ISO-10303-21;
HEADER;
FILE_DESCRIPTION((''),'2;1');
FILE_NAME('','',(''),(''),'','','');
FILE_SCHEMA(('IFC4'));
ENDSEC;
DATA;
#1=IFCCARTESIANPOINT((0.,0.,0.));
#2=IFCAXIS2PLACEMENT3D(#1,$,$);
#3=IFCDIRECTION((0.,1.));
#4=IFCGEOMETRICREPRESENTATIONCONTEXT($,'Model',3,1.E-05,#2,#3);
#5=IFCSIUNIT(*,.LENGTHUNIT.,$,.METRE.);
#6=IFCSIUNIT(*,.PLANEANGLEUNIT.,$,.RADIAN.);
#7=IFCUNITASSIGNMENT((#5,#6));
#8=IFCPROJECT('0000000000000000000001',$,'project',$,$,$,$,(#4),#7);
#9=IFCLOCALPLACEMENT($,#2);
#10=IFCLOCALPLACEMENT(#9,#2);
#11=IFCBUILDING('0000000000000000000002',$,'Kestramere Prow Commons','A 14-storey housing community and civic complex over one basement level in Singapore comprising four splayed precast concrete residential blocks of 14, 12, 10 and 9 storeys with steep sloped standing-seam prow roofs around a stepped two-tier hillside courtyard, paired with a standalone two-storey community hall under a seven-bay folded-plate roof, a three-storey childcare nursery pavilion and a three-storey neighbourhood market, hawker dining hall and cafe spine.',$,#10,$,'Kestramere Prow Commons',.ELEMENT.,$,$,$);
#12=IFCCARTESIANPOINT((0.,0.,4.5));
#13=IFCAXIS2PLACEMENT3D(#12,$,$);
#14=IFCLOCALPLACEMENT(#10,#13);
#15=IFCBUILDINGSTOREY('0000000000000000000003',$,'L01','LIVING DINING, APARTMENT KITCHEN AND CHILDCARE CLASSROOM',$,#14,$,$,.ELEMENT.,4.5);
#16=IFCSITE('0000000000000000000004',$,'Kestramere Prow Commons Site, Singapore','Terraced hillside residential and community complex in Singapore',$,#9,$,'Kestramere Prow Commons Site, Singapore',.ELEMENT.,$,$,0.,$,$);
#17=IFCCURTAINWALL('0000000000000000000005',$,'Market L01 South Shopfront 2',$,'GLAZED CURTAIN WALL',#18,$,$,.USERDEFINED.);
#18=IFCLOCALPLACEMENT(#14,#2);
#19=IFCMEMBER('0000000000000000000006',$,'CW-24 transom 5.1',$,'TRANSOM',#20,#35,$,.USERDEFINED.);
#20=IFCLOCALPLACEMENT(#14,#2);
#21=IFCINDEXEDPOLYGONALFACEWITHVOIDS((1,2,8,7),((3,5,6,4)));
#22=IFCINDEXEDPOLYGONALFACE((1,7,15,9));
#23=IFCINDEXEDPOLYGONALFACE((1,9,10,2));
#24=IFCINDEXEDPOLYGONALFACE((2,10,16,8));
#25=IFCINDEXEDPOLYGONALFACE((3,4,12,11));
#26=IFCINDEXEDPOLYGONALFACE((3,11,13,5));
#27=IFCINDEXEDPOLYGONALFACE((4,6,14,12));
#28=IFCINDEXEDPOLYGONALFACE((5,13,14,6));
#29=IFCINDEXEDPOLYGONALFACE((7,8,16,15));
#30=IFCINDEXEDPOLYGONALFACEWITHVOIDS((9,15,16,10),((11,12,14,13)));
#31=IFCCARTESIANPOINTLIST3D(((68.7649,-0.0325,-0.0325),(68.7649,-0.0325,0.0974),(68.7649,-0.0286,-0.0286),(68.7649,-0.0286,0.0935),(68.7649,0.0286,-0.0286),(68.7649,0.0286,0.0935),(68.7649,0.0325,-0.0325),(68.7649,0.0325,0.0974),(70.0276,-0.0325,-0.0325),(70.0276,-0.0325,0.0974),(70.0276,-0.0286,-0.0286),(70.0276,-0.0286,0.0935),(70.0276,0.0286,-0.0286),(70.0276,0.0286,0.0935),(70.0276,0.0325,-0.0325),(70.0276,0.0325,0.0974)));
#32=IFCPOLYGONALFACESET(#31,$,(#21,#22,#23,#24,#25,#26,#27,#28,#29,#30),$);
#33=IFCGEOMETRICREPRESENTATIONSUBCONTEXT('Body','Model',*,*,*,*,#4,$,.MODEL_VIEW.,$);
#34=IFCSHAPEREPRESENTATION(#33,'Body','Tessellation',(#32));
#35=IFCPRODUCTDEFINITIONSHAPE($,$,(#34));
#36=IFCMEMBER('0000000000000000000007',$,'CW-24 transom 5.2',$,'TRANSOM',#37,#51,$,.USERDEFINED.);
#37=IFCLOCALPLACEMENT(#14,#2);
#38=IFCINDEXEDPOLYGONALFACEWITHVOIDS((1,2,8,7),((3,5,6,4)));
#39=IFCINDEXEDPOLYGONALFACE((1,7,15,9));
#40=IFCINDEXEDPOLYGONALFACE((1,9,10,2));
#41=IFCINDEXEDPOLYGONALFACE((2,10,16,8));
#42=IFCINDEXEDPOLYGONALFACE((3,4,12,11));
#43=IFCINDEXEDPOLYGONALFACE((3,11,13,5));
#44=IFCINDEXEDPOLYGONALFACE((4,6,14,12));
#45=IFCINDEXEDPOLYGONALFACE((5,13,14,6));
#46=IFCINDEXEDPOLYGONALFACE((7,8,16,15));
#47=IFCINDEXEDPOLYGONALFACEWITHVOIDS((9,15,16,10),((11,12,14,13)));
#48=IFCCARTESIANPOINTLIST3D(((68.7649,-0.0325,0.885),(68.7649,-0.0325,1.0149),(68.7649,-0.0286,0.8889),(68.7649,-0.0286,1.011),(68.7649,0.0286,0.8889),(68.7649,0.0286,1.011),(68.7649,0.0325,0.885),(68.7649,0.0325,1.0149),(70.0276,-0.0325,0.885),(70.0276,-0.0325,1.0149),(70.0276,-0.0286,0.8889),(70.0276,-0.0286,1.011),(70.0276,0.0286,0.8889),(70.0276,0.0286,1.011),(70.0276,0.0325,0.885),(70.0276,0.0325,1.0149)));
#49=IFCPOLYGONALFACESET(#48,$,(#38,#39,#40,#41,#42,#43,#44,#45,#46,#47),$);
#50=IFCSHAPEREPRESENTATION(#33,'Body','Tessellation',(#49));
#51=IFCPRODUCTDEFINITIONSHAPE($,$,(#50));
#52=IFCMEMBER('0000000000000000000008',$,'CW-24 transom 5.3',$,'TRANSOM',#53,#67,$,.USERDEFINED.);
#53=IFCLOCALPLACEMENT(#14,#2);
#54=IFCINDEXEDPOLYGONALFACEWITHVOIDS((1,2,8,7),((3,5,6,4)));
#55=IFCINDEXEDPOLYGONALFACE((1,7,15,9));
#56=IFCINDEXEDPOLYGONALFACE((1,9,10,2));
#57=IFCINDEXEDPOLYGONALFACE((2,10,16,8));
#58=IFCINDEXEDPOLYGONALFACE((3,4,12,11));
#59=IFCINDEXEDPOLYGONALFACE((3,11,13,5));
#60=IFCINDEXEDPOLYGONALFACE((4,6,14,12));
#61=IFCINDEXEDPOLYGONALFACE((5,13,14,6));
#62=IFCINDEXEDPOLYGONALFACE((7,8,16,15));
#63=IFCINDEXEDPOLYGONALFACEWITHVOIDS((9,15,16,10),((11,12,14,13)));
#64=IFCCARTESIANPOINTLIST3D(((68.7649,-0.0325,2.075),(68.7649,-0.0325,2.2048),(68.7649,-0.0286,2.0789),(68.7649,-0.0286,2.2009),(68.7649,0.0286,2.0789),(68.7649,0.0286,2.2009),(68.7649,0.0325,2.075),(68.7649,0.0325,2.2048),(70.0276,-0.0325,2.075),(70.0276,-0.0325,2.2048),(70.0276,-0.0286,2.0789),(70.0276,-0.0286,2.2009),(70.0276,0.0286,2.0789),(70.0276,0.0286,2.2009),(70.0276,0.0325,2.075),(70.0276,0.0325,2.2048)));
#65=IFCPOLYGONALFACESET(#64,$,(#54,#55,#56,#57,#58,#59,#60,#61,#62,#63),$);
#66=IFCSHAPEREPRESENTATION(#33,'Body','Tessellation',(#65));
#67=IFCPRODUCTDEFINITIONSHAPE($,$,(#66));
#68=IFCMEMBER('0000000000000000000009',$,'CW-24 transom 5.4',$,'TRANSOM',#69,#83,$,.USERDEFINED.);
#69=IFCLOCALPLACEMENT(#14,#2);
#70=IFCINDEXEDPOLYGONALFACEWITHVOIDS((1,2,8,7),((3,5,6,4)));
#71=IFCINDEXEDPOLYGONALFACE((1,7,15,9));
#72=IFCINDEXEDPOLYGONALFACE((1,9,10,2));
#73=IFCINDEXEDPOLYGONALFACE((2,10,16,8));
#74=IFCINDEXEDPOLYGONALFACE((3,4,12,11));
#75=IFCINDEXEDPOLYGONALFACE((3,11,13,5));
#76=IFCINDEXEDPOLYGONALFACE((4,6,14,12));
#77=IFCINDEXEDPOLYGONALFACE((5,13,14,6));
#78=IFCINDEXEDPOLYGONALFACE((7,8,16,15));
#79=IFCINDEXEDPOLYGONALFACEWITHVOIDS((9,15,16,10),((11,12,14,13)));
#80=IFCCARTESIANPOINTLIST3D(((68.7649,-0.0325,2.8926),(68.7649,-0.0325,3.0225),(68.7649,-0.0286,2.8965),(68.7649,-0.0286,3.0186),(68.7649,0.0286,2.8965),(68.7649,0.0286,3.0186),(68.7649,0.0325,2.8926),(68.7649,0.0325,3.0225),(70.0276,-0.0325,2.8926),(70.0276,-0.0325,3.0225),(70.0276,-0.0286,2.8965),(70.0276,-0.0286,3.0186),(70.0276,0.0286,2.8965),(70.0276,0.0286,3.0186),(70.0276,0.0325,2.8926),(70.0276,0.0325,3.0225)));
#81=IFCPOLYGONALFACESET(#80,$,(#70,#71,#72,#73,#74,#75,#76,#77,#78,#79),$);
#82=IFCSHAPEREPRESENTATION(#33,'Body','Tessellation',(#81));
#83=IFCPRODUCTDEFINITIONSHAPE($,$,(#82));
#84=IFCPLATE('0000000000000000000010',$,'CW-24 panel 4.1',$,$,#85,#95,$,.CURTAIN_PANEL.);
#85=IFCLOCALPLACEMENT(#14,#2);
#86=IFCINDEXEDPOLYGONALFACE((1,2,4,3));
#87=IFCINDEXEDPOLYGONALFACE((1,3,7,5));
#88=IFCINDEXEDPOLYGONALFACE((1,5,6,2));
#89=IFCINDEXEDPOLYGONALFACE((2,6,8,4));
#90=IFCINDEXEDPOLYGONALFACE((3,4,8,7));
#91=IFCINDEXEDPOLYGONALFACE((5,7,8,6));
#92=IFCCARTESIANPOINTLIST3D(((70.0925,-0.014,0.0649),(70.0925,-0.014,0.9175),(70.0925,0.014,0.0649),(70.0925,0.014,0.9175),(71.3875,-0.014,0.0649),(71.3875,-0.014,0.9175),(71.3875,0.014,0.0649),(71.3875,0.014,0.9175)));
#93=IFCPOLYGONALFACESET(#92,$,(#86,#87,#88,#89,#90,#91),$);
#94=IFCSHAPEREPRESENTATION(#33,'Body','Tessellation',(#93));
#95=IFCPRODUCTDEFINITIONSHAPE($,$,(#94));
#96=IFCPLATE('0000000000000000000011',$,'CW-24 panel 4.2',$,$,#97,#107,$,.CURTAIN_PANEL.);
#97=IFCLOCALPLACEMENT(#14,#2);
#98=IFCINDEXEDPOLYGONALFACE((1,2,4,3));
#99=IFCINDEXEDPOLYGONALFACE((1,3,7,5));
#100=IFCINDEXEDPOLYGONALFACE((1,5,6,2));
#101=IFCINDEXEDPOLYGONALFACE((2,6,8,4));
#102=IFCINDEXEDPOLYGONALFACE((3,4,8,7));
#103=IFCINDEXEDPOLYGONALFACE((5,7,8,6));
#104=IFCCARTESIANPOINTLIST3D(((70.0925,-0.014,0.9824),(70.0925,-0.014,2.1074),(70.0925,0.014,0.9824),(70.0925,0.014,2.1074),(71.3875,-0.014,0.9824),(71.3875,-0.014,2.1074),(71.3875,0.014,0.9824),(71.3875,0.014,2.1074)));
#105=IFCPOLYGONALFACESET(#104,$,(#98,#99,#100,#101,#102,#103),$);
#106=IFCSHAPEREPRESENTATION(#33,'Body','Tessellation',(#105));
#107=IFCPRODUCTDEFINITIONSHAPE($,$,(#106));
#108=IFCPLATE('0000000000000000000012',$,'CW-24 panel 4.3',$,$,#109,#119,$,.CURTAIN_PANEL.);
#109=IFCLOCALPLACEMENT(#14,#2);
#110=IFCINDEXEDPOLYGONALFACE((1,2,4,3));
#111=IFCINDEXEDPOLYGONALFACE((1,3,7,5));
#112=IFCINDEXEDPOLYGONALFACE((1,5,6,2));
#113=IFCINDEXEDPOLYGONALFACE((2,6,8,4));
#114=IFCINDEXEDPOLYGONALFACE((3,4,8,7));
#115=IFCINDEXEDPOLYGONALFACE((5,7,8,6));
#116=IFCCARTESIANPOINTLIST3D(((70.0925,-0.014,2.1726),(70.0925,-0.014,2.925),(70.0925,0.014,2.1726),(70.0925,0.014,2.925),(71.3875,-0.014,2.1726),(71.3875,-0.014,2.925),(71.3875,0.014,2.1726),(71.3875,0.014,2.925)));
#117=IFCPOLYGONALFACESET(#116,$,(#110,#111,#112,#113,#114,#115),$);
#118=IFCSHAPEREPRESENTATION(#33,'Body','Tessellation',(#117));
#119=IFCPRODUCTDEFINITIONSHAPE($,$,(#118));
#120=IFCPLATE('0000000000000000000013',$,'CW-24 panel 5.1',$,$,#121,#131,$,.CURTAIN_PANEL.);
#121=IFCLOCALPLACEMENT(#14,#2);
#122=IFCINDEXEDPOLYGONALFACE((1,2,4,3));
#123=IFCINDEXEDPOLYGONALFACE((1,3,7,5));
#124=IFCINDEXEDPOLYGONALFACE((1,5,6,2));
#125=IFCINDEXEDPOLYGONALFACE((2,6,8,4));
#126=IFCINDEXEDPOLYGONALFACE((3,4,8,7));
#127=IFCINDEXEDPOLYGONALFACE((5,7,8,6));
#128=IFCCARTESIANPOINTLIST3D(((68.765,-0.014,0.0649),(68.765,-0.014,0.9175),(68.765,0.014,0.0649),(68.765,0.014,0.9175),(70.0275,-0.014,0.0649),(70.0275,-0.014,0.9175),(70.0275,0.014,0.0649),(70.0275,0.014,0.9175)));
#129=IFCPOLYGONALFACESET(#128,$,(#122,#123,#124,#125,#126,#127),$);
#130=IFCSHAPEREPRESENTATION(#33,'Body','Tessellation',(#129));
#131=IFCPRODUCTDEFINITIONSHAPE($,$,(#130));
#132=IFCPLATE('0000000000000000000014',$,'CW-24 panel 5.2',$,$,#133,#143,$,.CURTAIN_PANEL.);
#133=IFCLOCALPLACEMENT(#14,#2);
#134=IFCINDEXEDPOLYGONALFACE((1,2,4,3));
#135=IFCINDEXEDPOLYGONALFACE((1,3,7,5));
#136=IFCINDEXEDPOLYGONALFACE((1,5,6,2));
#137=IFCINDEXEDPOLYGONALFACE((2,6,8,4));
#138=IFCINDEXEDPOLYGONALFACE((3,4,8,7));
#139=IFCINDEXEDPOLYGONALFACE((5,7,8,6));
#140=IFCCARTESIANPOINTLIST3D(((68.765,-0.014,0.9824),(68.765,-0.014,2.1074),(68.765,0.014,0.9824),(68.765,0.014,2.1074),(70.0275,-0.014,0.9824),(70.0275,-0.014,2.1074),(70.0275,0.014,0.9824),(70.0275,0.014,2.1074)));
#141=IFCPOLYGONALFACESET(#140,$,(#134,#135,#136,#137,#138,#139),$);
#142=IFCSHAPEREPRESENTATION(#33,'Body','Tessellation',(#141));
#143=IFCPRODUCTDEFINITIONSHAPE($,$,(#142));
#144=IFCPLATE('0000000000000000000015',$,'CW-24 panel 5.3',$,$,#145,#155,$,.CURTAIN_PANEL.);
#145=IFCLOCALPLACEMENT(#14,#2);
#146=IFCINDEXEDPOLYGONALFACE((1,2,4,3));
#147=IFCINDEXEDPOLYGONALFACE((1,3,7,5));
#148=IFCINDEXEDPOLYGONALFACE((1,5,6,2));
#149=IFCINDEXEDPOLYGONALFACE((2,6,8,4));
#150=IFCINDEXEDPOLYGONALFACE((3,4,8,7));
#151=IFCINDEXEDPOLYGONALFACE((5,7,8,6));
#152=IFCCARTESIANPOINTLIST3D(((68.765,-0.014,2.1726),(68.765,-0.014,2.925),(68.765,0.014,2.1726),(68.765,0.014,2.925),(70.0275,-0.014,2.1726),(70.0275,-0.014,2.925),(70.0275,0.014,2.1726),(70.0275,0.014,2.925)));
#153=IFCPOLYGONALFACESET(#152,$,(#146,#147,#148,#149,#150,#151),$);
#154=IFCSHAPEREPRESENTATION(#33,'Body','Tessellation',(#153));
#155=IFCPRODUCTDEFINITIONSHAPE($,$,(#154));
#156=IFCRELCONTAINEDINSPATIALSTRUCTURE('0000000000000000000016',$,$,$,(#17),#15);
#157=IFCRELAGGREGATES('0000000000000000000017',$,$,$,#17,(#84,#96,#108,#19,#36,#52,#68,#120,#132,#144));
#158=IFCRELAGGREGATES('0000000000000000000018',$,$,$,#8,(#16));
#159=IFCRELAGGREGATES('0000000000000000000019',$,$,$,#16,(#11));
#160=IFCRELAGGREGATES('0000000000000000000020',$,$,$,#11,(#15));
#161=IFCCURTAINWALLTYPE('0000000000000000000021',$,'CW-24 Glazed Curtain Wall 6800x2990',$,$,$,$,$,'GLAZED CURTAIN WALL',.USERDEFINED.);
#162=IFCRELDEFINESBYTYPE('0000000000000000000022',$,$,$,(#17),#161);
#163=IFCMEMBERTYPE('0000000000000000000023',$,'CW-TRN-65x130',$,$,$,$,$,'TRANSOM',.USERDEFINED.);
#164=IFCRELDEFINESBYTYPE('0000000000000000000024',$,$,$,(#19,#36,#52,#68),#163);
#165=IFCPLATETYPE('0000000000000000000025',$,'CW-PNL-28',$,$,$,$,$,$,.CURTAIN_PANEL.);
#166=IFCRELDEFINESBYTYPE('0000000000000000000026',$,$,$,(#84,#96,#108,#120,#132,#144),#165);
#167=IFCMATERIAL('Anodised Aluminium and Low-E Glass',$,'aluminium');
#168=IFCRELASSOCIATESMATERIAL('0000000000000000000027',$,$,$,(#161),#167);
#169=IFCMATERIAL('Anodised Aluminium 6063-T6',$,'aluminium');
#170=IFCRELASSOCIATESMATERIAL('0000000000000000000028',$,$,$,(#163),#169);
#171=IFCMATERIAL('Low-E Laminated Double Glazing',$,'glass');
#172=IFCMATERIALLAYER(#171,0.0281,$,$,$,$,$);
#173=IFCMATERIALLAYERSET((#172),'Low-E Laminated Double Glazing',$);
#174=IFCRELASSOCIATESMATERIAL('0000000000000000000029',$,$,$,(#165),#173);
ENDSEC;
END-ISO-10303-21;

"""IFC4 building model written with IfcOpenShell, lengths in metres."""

from ifc_helpers import new_model, si_unit, direction, frame, origin, origin_2d, place, context, subcontext, project, spatial, rectangle, hollow_rectangle, extrude, material, layer, layer_set, material_profile, profile_set, type_object, element, aggregate, save


model = new_model("IFC4")

# Units and contexts
model_context = context("Model", 3, precision=1e-05, world=origin(), true_north=direction((0.0, 1.0)))
body_context = subcontext(model_context, "Body", "Model", "MODEL_VIEW")
ifc_project = project(units=[si_unit("LENGTHUNIT", "METRE"), si_unit("PLANEANGLEUNIT", "RADIAN")], contexts=[model_context])

# Site, building, storey
site_placement = place(None, origin())
site = spatial("IfcSite", under=ifc_project, at=site_placement, Name="Kestramere Prow Commons Site, Singapore", Description="Terraced hillside residential and community complex in Singapore", LongName="Kestramere Prow Commons Site, Singapore", CompositionType="ELEMENT", RefElevation=0.0)
building_placement = place(site_placement, origin())
building = spatial("IfcBuilding", under=site, at=building_placement, Name="Kestramere Prow Commons", Description="A 14-storey housing community and civic complex over one basement level in Singapore comprising four splayed precast concrete residential blocks of 14, 12, 10 and 9 storeys with steep sloped standing-seam prow roofs around a stepped two-tier hillside courtyard, paired with a standalone two-storey community hall under a seven-bay folded-plate roof, a three-storey childcare nursery pavilion and a three-storey neighbourhood market, hawker dining hall and cafe spine.", LongName="Kestramere Prow Commons", CompositionType="ELEMENT")
storey_placement = place(building_placement, frame((0.0, 0.0, 4.5)))
storey = spatial("IfcBuildingStorey", under=building, at=storey_placement, Name="L01", Description="LIVING DINING, APARTMENT KITCHEN AND CHILDCARE CLASSROOM", CompositionType="ELEMENT", Elevation=4.5)

# Shared definitions
ifc_material_1 = material(Name="Anodised Aluminium and Low-E Glass", Category="aluminium")
ifc_material_2 = material(Name="Anodised Aluminium 6063-T6", Category="aluminium")

# Curtain wall
curtain_wall_type_1 = type_object("IfcCurtainWallType", Name="CW-24 Glazed Curtain Wall 6800x2990", ElementType="GLAZED CURTAIN WALL", PredefinedType="USERDEFINED", material=ifc_material_1)
curtain_wall_1_placement = place(storey_placement, origin())
curtain_wall_1 = element("IfcCurtainWall", 1, at=curtain_wall_1_placement, inside=storey, type_object=curtain_wall_type_1, Name="Market L01 South Shopfront 2", ObjectType="GLAZED CURTAIN WALL", PredefinedType="USERDEFINED")

# Members
ifc_material_profile_1 = material_profile(ifc_material_2, hollow_rectangle(XDim=0.0649, YDim=0.1299, WallThickness=0.0039, at=origin_2d()), Name="ALU-TRN 65x130")
ifc_profile_set_1 = profile_set([ifc_material_profile_1], Name="Anodised Aluminium 6063-T6")
member_type_1 = type_object("IfcMemberType", Name="CW-TRN-65x130", ElementType="TRANSOM", PredefinedType="USERDEFINED", material=ifc_profile_set_1)
member_1_placement = place(storey_placement, frame((70.0276, 0.0, 0.0325), z_axis=(-1.0, 0.0, 0.0), x_axis=(0.0, -1.0, 0.0)))
member_1 = element("IfcMember", 2, at=member_1_placement, type_object=member_type_1, Name="CW-24 transom 5.1", ObjectType="TRANSOM", PredefinedType="USERDEFINED", context=body_context, shape_type="SweptSolid", body=[
    extrude(hollow_rectangle(XDim=0.0649, YDim=0.1299, WallThickness=0.0039, at=origin_2d()), origin(), (0.0, 0.0, 1.0), 1.2627),
])
member_2_placement = place(storey_placement, frame((70.0276, 0.0, 0.95), z_axis=(-1.0, 0.0, 0.0), x_axis=(0.0, -1.0, 0.0)))
member_2 = element("IfcMember", 3, at=member_2_placement, type_object=member_type_1, Name="CW-24 transom 5.2", ObjectType="TRANSOM", PredefinedType="USERDEFINED", context=body_context, shape_type="SweptSolid", body=[
    extrude(hollow_rectangle(XDim=0.0649, YDim=0.1299, WallThickness=0.0039, at=origin_2d()), origin(), (0.0, 0.0, 1.0), 1.2627),
])
member_3_placement = place(storey_placement, frame((70.0276, 0.0, 2.1399), z_axis=(-1.0, 0.0, 0.0), x_axis=(0.0, -1.0, 0.0)))
member_3 = element("IfcMember", 4, at=member_3_placement, type_object=member_type_1, Name="CW-24 transom 5.3", ObjectType="TRANSOM", PredefinedType="USERDEFINED", context=body_context, shape_type="SweptSolid", body=[
    extrude(hollow_rectangle(XDim=0.0649, YDim=0.1299, WallThickness=0.0039, at=origin_2d()), origin(), (0.0, 0.0, 1.0), 1.2627),
])
member_4_placement = place(storey_placement, frame((70.0276, 0.0, 2.9575), z_axis=(-1.0, 0.0, 0.0), x_axis=(0.0, -1.0, 0.0)))
member_4 = element("IfcMember", 5, at=member_4_placement, type_object=member_type_1, Name="CW-24 transom 5.4", ObjectType="TRANSOM", PredefinedType="USERDEFINED", context=body_context, shape_type="SweptSolid", body=[
    extrude(hollow_rectangle(XDim=0.0649, YDim=0.1299, WallThickness=0.0039, at=origin_2d()), origin(), (0.0, 0.0, 1.0), 1.2627),
])

# Plates
ifc_material_3 = material(Name="Low-E Laminated Double Glazing", Category="glass")
ifc_layer = layer(ifc_material_3, 0.0281)
ifc_layer_set = layer_set([ifc_layer], Name="Low-E Laminated Double Glazing")
plate_type = type_object("IfcPlateType", Name="CW-PNL-28", PredefinedType="CURTAIN_PANEL", material=ifc_layer_set)
plate_1_placement = place(storey_placement, frame((70.74, 0.0, 0.0649), z_axis=(0.0, 0.0, 1.0), x_axis=(-1.0, 0.0, 0.0)))
plate_1 = element("IfcPlate", 6, at=plate_1_placement, type_object=plate_type, Name="CW-24 panel 4.1", PredefinedType="CURTAIN_PANEL", context=body_context, shape_type="SweptSolid", body=[
    extrude(rectangle(XDim=1.2949, YDim=0.0281, at=origin_2d()), origin(), (0.0, 0.0, 1.0), 0.8525),
])
plate_2_placement = place(storey_placement, frame((70.74, 0.0, 0.9824), z_axis=(0.0, 0.0, 1.0), x_axis=(-1.0, 0.0, 0.0)))
plate_2 = element("IfcPlate", 7, at=plate_2_placement, type_object=plate_type, Name="CW-24 panel 4.2", PredefinedType="CURTAIN_PANEL", context=body_context, shape_type="SweptSolid", body=[
    extrude(rectangle(XDim=1.2949, YDim=0.0281, at=origin_2d()), origin(), (0.0, 0.0, 1.0), 1.125),
])
plate_3_placement = place(storey_placement, frame((70.74, 0.0, 2.1726), z_axis=(0.0, 0.0, 1.0), x_axis=(-1.0, 0.0, 0.0)))
plate_3 = element("IfcPlate", 8, at=plate_3_placement, type_object=plate_type, Name="CW-24 panel 4.3", PredefinedType="CURTAIN_PANEL", context=body_context, shape_type="SweptSolid", body=[
    extrude(rectangle(XDim=1.2949, YDim=0.0281, at=origin_2d()), origin(), (0.0, 0.0, 1.0), 0.7524),
])
plate_4_placement = place(storey_placement, frame((69.3962, 0.0, 0.0649), z_axis=(0.0, 0.0, 1.0), x_axis=(-1.0, 0.0, 0.0)))
plate_4 = element("IfcPlate", 9, at=plate_4_placement, type_object=plate_type, Name="CW-24 panel 5.1", PredefinedType="CURTAIN_PANEL", context=body_context, shape_type="SweptSolid", body=[
    extrude(rectangle(XDim=1.2625, YDim=0.0281, at=origin_2d()), origin(), (0.0, 0.0, 1.0), 0.8525),
])
plate_5_placement = place(storey_placement, frame((69.3962, 0.0, 0.9824), z_axis=(0.0, 0.0, 1.0), x_axis=(-1.0, 0.0, 0.0)))
plate_5 = element("IfcPlate", 10, at=plate_5_placement, type_object=plate_type, Name="CW-24 panel 5.2", PredefinedType="CURTAIN_PANEL", context=body_context, shape_type="SweptSolid", body=[
    extrude(rectangle(XDim=1.2625, YDim=0.0281, at=origin_2d()), origin(), (0.0, 0.0, 1.0), 1.125),
])
plate_6_placement = place(storey_placement, frame((69.3962, 0.0, 2.1726), z_axis=(0.0, 0.0, 1.0), x_axis=(-1.0, 0.0, 0.0)))
plate_6 = element("IfcPlate", 11, at=plate_6_placement, type_object=plate_type, Name="CW-24 panel 5.3", PredefinedType="CURTAIN_PANEL", context=body_context, shape_type="SweptSolid", body=[
    extrude(rectangle(XDim=1.2625, YDim=0.0281, at=origin_2d()), origin(), (0.0, 0.0, 1.0), 0.7524),
])
aggregate(curtain_wall_1, [plate_1, plate_2, plate_3, member_1, member_2, member_3, member_4, plate_4, plate_5, plate_6])

save(model, "model.ifc")
